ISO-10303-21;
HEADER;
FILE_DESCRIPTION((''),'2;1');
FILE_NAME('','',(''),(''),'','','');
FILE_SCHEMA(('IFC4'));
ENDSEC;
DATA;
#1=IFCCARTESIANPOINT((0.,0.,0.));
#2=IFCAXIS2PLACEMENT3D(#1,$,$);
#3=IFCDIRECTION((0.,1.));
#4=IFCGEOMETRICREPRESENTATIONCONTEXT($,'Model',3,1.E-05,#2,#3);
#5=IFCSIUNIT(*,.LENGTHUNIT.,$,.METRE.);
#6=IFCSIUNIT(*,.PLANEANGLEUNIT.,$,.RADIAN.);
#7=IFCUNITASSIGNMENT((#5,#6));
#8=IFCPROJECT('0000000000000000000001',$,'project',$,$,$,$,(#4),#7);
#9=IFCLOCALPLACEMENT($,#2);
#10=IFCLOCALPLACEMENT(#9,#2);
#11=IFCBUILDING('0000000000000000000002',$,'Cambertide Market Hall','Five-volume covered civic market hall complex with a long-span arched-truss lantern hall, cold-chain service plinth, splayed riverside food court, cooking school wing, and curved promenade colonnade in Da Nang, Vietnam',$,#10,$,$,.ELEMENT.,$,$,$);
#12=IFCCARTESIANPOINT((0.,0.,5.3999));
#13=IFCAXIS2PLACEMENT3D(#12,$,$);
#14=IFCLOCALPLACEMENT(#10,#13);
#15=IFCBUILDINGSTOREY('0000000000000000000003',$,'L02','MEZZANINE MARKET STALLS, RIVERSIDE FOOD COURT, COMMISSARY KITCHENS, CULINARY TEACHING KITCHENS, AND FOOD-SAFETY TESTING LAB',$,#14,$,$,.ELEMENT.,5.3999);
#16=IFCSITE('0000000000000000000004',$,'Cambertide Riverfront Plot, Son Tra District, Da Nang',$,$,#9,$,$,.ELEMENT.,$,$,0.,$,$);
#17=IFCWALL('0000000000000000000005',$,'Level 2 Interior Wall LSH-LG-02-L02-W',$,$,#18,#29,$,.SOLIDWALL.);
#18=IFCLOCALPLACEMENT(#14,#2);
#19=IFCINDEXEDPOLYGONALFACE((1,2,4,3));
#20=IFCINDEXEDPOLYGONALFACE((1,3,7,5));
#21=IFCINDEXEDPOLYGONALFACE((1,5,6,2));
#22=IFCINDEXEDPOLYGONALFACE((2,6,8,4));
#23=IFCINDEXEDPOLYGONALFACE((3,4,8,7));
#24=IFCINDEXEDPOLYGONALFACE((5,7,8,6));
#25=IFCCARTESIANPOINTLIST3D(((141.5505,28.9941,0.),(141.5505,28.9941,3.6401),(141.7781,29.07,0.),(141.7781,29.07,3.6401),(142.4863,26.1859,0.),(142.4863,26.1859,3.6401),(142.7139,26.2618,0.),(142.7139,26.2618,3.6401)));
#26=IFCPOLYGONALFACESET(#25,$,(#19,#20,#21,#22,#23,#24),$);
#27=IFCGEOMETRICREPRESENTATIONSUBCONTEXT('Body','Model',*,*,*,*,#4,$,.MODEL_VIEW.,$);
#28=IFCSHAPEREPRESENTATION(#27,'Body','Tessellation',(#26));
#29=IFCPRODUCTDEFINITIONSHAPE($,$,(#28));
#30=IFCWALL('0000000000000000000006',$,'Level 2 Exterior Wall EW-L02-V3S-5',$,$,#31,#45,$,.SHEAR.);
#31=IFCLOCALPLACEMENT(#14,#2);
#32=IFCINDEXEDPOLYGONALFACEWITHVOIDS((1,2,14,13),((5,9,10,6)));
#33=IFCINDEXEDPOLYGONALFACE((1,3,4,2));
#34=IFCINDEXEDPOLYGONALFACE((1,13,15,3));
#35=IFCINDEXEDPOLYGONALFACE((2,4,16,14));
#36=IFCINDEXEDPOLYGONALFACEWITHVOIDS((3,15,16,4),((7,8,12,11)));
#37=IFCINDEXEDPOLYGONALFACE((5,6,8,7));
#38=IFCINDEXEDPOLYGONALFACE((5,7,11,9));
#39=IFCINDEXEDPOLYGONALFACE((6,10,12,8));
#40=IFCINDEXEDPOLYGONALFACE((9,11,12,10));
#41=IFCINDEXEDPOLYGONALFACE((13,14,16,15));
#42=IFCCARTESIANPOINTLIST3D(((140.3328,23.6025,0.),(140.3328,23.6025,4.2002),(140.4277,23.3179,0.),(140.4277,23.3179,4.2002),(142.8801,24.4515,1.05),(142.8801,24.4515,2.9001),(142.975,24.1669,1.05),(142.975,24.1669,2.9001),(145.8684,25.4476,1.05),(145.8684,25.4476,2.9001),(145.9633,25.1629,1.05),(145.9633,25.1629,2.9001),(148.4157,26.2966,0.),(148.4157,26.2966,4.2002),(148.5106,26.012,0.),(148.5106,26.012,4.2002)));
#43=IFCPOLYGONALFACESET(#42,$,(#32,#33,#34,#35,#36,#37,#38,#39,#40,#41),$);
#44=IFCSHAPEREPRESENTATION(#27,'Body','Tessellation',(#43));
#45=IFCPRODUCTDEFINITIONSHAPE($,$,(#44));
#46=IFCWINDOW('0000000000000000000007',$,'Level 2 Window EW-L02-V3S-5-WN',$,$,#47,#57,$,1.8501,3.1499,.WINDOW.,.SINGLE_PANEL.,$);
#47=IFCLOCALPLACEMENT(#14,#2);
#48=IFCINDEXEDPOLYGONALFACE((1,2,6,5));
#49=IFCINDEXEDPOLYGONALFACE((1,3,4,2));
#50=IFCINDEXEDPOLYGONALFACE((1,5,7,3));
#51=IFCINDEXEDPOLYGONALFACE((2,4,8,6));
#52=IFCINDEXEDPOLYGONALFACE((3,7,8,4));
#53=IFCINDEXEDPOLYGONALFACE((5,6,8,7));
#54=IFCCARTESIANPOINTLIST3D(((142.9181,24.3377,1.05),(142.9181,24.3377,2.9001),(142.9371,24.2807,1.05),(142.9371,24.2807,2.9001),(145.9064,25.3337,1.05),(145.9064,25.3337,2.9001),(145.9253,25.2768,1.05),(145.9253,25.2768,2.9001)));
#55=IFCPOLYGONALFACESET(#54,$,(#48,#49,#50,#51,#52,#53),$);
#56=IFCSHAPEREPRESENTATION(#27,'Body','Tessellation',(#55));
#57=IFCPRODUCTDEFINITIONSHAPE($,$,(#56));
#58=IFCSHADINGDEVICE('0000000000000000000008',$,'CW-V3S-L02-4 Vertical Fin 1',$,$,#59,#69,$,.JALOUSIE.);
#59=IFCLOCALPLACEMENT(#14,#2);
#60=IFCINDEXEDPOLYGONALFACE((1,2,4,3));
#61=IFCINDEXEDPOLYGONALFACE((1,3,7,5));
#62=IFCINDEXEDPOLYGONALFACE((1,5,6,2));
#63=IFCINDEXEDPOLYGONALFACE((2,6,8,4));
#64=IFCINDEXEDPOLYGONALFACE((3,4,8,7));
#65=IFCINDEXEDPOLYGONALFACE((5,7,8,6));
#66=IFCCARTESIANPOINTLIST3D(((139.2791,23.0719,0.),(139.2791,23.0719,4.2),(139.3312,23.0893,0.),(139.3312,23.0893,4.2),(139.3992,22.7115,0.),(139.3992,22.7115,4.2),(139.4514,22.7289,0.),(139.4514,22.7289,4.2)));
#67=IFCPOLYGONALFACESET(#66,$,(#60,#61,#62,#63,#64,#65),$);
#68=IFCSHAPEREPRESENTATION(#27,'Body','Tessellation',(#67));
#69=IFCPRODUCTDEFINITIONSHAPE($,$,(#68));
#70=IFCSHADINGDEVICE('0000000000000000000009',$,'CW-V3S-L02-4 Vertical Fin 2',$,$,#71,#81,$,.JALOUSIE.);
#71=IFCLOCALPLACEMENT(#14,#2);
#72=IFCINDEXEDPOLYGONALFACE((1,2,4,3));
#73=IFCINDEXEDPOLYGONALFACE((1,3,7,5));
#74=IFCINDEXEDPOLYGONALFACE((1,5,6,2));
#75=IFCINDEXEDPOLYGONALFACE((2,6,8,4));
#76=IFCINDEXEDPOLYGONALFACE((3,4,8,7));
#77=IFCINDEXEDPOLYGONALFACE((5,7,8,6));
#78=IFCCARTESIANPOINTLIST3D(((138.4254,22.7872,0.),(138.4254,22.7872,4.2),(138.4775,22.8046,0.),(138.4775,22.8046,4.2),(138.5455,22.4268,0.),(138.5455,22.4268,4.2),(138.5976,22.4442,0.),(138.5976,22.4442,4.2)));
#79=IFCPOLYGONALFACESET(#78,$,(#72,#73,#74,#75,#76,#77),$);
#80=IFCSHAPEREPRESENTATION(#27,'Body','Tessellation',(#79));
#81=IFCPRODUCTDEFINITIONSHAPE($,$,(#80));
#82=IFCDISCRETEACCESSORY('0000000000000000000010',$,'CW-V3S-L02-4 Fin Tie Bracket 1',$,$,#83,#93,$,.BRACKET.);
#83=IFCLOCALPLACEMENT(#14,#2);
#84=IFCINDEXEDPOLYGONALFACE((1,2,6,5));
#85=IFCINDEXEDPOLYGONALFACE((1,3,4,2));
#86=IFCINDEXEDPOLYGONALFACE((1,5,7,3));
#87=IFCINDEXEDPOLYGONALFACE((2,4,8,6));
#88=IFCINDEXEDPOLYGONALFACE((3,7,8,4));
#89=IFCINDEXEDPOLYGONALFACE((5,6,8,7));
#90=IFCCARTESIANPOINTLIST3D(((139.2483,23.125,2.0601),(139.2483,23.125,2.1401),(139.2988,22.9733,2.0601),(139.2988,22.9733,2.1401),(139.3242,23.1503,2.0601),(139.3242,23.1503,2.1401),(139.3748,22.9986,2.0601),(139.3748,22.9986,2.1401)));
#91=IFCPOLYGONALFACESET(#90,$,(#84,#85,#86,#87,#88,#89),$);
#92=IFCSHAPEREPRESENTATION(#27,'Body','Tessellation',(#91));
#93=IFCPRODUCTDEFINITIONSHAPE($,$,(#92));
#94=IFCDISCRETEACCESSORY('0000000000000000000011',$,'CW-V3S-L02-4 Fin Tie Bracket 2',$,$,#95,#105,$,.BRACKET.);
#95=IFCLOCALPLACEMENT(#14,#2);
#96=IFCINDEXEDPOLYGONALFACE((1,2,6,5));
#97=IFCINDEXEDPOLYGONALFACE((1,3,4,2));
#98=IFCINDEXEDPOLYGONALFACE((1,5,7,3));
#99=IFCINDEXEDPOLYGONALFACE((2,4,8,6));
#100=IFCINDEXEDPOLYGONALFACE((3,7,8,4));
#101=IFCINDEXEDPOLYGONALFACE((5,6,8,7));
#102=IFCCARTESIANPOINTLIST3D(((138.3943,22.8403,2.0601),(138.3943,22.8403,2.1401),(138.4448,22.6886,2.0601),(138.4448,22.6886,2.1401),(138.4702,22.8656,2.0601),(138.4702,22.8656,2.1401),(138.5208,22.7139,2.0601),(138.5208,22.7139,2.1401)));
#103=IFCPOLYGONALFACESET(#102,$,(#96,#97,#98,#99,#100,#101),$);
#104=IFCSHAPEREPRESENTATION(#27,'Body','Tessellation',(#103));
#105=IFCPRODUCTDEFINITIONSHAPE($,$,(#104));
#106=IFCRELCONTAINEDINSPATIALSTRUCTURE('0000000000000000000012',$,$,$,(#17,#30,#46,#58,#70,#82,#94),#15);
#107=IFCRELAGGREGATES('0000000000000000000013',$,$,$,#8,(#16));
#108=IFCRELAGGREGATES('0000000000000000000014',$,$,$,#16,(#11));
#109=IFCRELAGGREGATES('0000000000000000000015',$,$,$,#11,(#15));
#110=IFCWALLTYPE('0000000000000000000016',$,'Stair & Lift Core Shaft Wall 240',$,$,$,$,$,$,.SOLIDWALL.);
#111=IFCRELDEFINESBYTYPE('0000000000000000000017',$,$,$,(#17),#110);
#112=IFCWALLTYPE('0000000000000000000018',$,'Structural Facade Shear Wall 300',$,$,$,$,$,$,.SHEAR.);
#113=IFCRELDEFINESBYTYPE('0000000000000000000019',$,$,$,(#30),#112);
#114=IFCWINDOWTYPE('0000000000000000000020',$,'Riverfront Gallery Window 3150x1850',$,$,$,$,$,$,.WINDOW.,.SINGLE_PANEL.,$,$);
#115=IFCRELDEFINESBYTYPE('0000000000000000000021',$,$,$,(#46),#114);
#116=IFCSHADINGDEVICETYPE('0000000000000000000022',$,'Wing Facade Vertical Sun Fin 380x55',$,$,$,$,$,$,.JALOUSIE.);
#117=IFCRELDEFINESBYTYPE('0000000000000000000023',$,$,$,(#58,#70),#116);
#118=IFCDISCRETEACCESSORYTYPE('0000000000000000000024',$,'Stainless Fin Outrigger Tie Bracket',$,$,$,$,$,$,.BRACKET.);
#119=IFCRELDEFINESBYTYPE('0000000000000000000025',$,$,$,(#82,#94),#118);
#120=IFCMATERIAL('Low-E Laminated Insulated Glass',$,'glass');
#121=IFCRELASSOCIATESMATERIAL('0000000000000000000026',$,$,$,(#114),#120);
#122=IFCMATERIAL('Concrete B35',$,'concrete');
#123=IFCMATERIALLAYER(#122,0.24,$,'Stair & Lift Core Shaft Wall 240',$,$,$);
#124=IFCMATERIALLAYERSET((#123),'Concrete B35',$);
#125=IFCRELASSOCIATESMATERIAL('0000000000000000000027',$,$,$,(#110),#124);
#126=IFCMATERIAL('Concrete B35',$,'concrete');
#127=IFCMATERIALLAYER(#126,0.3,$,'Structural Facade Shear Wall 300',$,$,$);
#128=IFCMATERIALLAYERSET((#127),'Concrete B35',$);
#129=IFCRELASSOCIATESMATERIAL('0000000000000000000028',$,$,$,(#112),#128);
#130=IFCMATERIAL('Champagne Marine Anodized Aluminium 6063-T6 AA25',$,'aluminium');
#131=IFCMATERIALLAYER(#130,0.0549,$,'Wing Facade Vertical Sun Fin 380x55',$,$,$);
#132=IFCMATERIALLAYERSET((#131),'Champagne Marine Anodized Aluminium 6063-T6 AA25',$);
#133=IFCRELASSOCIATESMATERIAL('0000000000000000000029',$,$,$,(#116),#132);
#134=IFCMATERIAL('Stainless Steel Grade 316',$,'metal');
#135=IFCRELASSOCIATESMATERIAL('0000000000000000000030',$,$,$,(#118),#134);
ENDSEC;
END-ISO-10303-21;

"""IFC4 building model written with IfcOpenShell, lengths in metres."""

from ifc_helpers import new_model, si_unit, direction, frame, frame_2d, origin, origin_2d, place, context, subcontext, project, spatial, rectangle, extrude, material, layer, layer_set, type_object, element, fill, save


model = new_model("IFC4")

# Units and contexts
model_context = context("Model", 3, precision=1e-05, world=origin(), true_north=direction((0.0, 1.0)))
body_context = subcontext(model_context, "Body", "Model", "MODEL_VIEW")
ifc_project = project(units=[si_unit("LENGTHUNIT", "METRE"), si_unit("PLANEANGLEUNIT", "RADIAN")], contexts=[model_context])

# Site, building, storey
site_placement = place(None, origin())
site = spatial("IfcSite", under=ifc_project, at=site_placement, Name="Cambertide Riverfront Plot, Son Tra District, Da Nang", CompositionType="ELEMENT", RefElevation=0.0)
building_placement = place(site_placement, origin())
building = spatial("IfcBuilding", under=site, at=building_placement, Name="Cambertide Market Hall", Description="Five-volume covered civic market hall complex with a long-span arched-truss lantern hall, cold-chain service plinth, splayed riverside food court, cooking school wing, and curved promenade colonnade in Da Nang, Vietnam", CompositionType="ELEMENT")
storey_placement = place(building_placement, frame((0.0, 0.0, 5.3999)))
storey = spatial("IfcBuildingStorey", under=building, at=storey_placement, Name="L02", Description="MEZZANINE MARKET STALLS, RIVERSIDE FOOD COURT, COMMISSARY KITCHENS, CULINARY TEACHING KITCHENS, AND FOOD-SAFETY TESTING LAB", CompositionType="ELEMENT", Elevation=5.3999)

# Shared definitions
ifc_material_1 = material(Name="Low-E Laminated Insulated Glass", Category="glass")
window_type = type_object("IfcWindowType", Name="Riverfront Gallery Window 3150x1850", PartitioningType="SINGLE_PANEL", PredefinedType="WINDOW", material=ifc_material_1)

# Wall
ifc_material_2 = material(Name="Concrete B35", Category="concrete")
ifc_layer_1 = layer(ifc_material_2, 0.24, Name="Stair & Lift Core Shaft Wall 240")
ifc_layer_set_1 = layer_set([ifc_layer_1], Name="Concrete B35")
wall_type_1 = type_object("IfcWallType", Name="Stair & Lift Core Shaft Wall 240", PredefinedType="SOLIDWALL", material=ifc_layer_set_1)
wall_1_placement = place(storey_placement, frame((142.6001, 26.2239, 0.0), z_axis=(0.0, 0.0, 1.0), x_axis=(-0.316154, 0.948708, 0.0)))
element("IfcWall", 1, at=wall_1_placement, inside=storey, type_object=wall_type_1, Name="Level 2 Interior Wall LSH-LG-02-L02-W", PredefinedType="SOLIDWALL", context=body_context, shape_type="SweptSolid", body=[
    extrude(rectangle(XDim=2.96, YDim=0.24, at=frame_2d((1.48, 0.0))), origin(), (0.0, 0.0, 1.0), 3.6401),
])

# Wall, opening, window
ifc_material_3 = material(Name="Concrete B35", Category="concrete")
ifc_layer_2 = layer(ifc_material_3, 0.3, Name="Structural Facade Shear Wall 300")
ifc_layer_set_2 = layer_set([ifc_layer_2], Name="Concrete B35")
wall_type_2 = type_object("IfcWallType", Name="Structural Facade Shear Wall 300", PredefinedType="SHEAR", material=ifc_layer_set_2)
wall_2_placement = place(storey_placement, frame((148.4631, 26.1543, 0.0), z_axis=(0.0, 0.0, 1.0), x_axis=(-0.948689, -0.316211, 0.0)))
wall_2 = element("IfcWall", 2, at=wall_2_placement, inside=storey, type_object=wall_type_2, Name="Level 2 Exterior Wall EW-L02-V3S-5", PredefinedType="SHEAR", context=body_context, shape_type="SweptSolid", body=[
    extrude(rectangle(XDim=8.52, YDim=0.3, at=frame_2d((4.26, 0.0))), origin(), (0.0, 0.0, 1.0), 4.2002),
])
opening_1_placement = place(wall_2_placement, frame((2.6851, 0.0, 1.05)))
opening_1 = element("IfcOpeningElement", 3, at=opening_1_placement, cuts=wall_2, PredefinedType="OPENING", context=body_context, shape_type="SweptSolid", body=[
    extrude(rectangle(XDim=3.1499, YDim=1.8501, at=frame_2d((1.575, 0.925))), frame((0.0, 0.1599, 0.0), z_axis=(0.0, -1.0, 0.0), x_axis=(1.0, 0.0, 0.0)), (0.0, 0.0, 1.0), 0.3201),
])
window_1_placement = place(opening_1_placement, origin())
window_1 = element("IfcWindow", 4, at=window_1_placement, inside=storey, type_object=window_type, Name="Level 2 Window EW-L02-V3S-5-WN", OverallHeight=1.8501, OverallWidth=3.1499, PartitioningType="SINGLE_PANEL", PredefinedType="WINDOW", context=body_context, shape_type="SweptSolid", body=[
    extrude(rectangle(XDim=3.1499, YDim=1.8501, at=frame_2d((1.575, 0.925))), frame((0.0, 0.03, 0.0), z_axis=(0.0, -1.0, 0.0), x_axis=(1.0, 0.0, 0.0)), (0.0, 0.0, 1.0), 0.0601),
])
fill(opening_1, window_1)

# Shading devices
ifc_material_4 = material(Name="Champagne Marine Anodized Aluminium 6063-T6 AA25", Category="aluminium")
ifc_layer_3 = layer(ifc_material_4, 0.0549, Name="Wing Facade Vertical Sun Fin 380x55")
ifc_layer_set_3 = layer_set([ifc_layer_3], Name="Champagne Marine Anodized Aluminium 6063-T6 AA25")
shading_device_type = type_object("IfcShadingDeviceType", Name="Wing Facade Vertical Sun Fin 380x55", PredefinedType="JALOUSIE", material=ifc_layer_set_3)
for number, where, z_axis, x_axis, name in (
    (5, (139.3652, 22.9004, 0.0), (0.0, 0.0, 1.0), (-0.948683, -0.316228, 0.0), "CW-V3S-L02-4 Vertical Fin 1"),
    (6, (138.5115, 22.6157, 0.0), (0.0, 0.0, 1.0), (-0.948683, -0.316228, 0.0), "CW-V3S-L02-4 Vertical Fin 2"),
):
    element("IfcShadingDevice", number, at=place(storey_placement, frame(where, z_axis=z_axis, x_axis=x_axis)), inside=storey, type_object=shading_device_type, Name=name, PredefinedType="JALOUSIE", context=body_context, shape_type="SweptSolid", body=[
        extrude(rectangle(XDim=0.0549, YDim=0.3799, at=origin_2d()), origin(), (0.0, 0.0, 1.0), 4.2),
    ])

# Discrete accessories
ifc_material_5 = material(Name="Stainless Steel Grade 316", Category="metal")
discrete_accessory_type = type_object("IfcDiscreteAccessoryType", Name="Stainless Fin Outrigger Tie Bracket", PredefinedType="BRACKET", material=ifc_material_5)
for number, where, z_axis, x_axis, name in (
    (7, (139.3115, 23.0618, 2.0601), (0.0, 0.0, 1.0), (-0.948683, -0.316228, 0.0), "CW-V3S-L02-4 Fin Tie Bracket 1"),
    (8, (138.4575, 22.7771, 2.0601), (0.0, 0.0, 1.0), (-0.948683, -0.316228, 0.0), "CW-V3S-L02-4 Fin Tie Bracket 2"),
):
    element("IfcDiscreteAccessory", number, at=place(storey_placement, frame(where, z_axis=z_axis, x_axis=x_axis)), inside=storey, type_object=discrete_accessory_type, Name=name, PredefinedType="BRACKET", context=body_context, shape_type="SweptSolid", body=[
        extrude(rectangle(XDim=0.0801, YDim=0.1599, at=origin_2d()), origin(), (0.0, 0.0, 1.0), 0.0801),
    ])

save(model, "model.ifc")
